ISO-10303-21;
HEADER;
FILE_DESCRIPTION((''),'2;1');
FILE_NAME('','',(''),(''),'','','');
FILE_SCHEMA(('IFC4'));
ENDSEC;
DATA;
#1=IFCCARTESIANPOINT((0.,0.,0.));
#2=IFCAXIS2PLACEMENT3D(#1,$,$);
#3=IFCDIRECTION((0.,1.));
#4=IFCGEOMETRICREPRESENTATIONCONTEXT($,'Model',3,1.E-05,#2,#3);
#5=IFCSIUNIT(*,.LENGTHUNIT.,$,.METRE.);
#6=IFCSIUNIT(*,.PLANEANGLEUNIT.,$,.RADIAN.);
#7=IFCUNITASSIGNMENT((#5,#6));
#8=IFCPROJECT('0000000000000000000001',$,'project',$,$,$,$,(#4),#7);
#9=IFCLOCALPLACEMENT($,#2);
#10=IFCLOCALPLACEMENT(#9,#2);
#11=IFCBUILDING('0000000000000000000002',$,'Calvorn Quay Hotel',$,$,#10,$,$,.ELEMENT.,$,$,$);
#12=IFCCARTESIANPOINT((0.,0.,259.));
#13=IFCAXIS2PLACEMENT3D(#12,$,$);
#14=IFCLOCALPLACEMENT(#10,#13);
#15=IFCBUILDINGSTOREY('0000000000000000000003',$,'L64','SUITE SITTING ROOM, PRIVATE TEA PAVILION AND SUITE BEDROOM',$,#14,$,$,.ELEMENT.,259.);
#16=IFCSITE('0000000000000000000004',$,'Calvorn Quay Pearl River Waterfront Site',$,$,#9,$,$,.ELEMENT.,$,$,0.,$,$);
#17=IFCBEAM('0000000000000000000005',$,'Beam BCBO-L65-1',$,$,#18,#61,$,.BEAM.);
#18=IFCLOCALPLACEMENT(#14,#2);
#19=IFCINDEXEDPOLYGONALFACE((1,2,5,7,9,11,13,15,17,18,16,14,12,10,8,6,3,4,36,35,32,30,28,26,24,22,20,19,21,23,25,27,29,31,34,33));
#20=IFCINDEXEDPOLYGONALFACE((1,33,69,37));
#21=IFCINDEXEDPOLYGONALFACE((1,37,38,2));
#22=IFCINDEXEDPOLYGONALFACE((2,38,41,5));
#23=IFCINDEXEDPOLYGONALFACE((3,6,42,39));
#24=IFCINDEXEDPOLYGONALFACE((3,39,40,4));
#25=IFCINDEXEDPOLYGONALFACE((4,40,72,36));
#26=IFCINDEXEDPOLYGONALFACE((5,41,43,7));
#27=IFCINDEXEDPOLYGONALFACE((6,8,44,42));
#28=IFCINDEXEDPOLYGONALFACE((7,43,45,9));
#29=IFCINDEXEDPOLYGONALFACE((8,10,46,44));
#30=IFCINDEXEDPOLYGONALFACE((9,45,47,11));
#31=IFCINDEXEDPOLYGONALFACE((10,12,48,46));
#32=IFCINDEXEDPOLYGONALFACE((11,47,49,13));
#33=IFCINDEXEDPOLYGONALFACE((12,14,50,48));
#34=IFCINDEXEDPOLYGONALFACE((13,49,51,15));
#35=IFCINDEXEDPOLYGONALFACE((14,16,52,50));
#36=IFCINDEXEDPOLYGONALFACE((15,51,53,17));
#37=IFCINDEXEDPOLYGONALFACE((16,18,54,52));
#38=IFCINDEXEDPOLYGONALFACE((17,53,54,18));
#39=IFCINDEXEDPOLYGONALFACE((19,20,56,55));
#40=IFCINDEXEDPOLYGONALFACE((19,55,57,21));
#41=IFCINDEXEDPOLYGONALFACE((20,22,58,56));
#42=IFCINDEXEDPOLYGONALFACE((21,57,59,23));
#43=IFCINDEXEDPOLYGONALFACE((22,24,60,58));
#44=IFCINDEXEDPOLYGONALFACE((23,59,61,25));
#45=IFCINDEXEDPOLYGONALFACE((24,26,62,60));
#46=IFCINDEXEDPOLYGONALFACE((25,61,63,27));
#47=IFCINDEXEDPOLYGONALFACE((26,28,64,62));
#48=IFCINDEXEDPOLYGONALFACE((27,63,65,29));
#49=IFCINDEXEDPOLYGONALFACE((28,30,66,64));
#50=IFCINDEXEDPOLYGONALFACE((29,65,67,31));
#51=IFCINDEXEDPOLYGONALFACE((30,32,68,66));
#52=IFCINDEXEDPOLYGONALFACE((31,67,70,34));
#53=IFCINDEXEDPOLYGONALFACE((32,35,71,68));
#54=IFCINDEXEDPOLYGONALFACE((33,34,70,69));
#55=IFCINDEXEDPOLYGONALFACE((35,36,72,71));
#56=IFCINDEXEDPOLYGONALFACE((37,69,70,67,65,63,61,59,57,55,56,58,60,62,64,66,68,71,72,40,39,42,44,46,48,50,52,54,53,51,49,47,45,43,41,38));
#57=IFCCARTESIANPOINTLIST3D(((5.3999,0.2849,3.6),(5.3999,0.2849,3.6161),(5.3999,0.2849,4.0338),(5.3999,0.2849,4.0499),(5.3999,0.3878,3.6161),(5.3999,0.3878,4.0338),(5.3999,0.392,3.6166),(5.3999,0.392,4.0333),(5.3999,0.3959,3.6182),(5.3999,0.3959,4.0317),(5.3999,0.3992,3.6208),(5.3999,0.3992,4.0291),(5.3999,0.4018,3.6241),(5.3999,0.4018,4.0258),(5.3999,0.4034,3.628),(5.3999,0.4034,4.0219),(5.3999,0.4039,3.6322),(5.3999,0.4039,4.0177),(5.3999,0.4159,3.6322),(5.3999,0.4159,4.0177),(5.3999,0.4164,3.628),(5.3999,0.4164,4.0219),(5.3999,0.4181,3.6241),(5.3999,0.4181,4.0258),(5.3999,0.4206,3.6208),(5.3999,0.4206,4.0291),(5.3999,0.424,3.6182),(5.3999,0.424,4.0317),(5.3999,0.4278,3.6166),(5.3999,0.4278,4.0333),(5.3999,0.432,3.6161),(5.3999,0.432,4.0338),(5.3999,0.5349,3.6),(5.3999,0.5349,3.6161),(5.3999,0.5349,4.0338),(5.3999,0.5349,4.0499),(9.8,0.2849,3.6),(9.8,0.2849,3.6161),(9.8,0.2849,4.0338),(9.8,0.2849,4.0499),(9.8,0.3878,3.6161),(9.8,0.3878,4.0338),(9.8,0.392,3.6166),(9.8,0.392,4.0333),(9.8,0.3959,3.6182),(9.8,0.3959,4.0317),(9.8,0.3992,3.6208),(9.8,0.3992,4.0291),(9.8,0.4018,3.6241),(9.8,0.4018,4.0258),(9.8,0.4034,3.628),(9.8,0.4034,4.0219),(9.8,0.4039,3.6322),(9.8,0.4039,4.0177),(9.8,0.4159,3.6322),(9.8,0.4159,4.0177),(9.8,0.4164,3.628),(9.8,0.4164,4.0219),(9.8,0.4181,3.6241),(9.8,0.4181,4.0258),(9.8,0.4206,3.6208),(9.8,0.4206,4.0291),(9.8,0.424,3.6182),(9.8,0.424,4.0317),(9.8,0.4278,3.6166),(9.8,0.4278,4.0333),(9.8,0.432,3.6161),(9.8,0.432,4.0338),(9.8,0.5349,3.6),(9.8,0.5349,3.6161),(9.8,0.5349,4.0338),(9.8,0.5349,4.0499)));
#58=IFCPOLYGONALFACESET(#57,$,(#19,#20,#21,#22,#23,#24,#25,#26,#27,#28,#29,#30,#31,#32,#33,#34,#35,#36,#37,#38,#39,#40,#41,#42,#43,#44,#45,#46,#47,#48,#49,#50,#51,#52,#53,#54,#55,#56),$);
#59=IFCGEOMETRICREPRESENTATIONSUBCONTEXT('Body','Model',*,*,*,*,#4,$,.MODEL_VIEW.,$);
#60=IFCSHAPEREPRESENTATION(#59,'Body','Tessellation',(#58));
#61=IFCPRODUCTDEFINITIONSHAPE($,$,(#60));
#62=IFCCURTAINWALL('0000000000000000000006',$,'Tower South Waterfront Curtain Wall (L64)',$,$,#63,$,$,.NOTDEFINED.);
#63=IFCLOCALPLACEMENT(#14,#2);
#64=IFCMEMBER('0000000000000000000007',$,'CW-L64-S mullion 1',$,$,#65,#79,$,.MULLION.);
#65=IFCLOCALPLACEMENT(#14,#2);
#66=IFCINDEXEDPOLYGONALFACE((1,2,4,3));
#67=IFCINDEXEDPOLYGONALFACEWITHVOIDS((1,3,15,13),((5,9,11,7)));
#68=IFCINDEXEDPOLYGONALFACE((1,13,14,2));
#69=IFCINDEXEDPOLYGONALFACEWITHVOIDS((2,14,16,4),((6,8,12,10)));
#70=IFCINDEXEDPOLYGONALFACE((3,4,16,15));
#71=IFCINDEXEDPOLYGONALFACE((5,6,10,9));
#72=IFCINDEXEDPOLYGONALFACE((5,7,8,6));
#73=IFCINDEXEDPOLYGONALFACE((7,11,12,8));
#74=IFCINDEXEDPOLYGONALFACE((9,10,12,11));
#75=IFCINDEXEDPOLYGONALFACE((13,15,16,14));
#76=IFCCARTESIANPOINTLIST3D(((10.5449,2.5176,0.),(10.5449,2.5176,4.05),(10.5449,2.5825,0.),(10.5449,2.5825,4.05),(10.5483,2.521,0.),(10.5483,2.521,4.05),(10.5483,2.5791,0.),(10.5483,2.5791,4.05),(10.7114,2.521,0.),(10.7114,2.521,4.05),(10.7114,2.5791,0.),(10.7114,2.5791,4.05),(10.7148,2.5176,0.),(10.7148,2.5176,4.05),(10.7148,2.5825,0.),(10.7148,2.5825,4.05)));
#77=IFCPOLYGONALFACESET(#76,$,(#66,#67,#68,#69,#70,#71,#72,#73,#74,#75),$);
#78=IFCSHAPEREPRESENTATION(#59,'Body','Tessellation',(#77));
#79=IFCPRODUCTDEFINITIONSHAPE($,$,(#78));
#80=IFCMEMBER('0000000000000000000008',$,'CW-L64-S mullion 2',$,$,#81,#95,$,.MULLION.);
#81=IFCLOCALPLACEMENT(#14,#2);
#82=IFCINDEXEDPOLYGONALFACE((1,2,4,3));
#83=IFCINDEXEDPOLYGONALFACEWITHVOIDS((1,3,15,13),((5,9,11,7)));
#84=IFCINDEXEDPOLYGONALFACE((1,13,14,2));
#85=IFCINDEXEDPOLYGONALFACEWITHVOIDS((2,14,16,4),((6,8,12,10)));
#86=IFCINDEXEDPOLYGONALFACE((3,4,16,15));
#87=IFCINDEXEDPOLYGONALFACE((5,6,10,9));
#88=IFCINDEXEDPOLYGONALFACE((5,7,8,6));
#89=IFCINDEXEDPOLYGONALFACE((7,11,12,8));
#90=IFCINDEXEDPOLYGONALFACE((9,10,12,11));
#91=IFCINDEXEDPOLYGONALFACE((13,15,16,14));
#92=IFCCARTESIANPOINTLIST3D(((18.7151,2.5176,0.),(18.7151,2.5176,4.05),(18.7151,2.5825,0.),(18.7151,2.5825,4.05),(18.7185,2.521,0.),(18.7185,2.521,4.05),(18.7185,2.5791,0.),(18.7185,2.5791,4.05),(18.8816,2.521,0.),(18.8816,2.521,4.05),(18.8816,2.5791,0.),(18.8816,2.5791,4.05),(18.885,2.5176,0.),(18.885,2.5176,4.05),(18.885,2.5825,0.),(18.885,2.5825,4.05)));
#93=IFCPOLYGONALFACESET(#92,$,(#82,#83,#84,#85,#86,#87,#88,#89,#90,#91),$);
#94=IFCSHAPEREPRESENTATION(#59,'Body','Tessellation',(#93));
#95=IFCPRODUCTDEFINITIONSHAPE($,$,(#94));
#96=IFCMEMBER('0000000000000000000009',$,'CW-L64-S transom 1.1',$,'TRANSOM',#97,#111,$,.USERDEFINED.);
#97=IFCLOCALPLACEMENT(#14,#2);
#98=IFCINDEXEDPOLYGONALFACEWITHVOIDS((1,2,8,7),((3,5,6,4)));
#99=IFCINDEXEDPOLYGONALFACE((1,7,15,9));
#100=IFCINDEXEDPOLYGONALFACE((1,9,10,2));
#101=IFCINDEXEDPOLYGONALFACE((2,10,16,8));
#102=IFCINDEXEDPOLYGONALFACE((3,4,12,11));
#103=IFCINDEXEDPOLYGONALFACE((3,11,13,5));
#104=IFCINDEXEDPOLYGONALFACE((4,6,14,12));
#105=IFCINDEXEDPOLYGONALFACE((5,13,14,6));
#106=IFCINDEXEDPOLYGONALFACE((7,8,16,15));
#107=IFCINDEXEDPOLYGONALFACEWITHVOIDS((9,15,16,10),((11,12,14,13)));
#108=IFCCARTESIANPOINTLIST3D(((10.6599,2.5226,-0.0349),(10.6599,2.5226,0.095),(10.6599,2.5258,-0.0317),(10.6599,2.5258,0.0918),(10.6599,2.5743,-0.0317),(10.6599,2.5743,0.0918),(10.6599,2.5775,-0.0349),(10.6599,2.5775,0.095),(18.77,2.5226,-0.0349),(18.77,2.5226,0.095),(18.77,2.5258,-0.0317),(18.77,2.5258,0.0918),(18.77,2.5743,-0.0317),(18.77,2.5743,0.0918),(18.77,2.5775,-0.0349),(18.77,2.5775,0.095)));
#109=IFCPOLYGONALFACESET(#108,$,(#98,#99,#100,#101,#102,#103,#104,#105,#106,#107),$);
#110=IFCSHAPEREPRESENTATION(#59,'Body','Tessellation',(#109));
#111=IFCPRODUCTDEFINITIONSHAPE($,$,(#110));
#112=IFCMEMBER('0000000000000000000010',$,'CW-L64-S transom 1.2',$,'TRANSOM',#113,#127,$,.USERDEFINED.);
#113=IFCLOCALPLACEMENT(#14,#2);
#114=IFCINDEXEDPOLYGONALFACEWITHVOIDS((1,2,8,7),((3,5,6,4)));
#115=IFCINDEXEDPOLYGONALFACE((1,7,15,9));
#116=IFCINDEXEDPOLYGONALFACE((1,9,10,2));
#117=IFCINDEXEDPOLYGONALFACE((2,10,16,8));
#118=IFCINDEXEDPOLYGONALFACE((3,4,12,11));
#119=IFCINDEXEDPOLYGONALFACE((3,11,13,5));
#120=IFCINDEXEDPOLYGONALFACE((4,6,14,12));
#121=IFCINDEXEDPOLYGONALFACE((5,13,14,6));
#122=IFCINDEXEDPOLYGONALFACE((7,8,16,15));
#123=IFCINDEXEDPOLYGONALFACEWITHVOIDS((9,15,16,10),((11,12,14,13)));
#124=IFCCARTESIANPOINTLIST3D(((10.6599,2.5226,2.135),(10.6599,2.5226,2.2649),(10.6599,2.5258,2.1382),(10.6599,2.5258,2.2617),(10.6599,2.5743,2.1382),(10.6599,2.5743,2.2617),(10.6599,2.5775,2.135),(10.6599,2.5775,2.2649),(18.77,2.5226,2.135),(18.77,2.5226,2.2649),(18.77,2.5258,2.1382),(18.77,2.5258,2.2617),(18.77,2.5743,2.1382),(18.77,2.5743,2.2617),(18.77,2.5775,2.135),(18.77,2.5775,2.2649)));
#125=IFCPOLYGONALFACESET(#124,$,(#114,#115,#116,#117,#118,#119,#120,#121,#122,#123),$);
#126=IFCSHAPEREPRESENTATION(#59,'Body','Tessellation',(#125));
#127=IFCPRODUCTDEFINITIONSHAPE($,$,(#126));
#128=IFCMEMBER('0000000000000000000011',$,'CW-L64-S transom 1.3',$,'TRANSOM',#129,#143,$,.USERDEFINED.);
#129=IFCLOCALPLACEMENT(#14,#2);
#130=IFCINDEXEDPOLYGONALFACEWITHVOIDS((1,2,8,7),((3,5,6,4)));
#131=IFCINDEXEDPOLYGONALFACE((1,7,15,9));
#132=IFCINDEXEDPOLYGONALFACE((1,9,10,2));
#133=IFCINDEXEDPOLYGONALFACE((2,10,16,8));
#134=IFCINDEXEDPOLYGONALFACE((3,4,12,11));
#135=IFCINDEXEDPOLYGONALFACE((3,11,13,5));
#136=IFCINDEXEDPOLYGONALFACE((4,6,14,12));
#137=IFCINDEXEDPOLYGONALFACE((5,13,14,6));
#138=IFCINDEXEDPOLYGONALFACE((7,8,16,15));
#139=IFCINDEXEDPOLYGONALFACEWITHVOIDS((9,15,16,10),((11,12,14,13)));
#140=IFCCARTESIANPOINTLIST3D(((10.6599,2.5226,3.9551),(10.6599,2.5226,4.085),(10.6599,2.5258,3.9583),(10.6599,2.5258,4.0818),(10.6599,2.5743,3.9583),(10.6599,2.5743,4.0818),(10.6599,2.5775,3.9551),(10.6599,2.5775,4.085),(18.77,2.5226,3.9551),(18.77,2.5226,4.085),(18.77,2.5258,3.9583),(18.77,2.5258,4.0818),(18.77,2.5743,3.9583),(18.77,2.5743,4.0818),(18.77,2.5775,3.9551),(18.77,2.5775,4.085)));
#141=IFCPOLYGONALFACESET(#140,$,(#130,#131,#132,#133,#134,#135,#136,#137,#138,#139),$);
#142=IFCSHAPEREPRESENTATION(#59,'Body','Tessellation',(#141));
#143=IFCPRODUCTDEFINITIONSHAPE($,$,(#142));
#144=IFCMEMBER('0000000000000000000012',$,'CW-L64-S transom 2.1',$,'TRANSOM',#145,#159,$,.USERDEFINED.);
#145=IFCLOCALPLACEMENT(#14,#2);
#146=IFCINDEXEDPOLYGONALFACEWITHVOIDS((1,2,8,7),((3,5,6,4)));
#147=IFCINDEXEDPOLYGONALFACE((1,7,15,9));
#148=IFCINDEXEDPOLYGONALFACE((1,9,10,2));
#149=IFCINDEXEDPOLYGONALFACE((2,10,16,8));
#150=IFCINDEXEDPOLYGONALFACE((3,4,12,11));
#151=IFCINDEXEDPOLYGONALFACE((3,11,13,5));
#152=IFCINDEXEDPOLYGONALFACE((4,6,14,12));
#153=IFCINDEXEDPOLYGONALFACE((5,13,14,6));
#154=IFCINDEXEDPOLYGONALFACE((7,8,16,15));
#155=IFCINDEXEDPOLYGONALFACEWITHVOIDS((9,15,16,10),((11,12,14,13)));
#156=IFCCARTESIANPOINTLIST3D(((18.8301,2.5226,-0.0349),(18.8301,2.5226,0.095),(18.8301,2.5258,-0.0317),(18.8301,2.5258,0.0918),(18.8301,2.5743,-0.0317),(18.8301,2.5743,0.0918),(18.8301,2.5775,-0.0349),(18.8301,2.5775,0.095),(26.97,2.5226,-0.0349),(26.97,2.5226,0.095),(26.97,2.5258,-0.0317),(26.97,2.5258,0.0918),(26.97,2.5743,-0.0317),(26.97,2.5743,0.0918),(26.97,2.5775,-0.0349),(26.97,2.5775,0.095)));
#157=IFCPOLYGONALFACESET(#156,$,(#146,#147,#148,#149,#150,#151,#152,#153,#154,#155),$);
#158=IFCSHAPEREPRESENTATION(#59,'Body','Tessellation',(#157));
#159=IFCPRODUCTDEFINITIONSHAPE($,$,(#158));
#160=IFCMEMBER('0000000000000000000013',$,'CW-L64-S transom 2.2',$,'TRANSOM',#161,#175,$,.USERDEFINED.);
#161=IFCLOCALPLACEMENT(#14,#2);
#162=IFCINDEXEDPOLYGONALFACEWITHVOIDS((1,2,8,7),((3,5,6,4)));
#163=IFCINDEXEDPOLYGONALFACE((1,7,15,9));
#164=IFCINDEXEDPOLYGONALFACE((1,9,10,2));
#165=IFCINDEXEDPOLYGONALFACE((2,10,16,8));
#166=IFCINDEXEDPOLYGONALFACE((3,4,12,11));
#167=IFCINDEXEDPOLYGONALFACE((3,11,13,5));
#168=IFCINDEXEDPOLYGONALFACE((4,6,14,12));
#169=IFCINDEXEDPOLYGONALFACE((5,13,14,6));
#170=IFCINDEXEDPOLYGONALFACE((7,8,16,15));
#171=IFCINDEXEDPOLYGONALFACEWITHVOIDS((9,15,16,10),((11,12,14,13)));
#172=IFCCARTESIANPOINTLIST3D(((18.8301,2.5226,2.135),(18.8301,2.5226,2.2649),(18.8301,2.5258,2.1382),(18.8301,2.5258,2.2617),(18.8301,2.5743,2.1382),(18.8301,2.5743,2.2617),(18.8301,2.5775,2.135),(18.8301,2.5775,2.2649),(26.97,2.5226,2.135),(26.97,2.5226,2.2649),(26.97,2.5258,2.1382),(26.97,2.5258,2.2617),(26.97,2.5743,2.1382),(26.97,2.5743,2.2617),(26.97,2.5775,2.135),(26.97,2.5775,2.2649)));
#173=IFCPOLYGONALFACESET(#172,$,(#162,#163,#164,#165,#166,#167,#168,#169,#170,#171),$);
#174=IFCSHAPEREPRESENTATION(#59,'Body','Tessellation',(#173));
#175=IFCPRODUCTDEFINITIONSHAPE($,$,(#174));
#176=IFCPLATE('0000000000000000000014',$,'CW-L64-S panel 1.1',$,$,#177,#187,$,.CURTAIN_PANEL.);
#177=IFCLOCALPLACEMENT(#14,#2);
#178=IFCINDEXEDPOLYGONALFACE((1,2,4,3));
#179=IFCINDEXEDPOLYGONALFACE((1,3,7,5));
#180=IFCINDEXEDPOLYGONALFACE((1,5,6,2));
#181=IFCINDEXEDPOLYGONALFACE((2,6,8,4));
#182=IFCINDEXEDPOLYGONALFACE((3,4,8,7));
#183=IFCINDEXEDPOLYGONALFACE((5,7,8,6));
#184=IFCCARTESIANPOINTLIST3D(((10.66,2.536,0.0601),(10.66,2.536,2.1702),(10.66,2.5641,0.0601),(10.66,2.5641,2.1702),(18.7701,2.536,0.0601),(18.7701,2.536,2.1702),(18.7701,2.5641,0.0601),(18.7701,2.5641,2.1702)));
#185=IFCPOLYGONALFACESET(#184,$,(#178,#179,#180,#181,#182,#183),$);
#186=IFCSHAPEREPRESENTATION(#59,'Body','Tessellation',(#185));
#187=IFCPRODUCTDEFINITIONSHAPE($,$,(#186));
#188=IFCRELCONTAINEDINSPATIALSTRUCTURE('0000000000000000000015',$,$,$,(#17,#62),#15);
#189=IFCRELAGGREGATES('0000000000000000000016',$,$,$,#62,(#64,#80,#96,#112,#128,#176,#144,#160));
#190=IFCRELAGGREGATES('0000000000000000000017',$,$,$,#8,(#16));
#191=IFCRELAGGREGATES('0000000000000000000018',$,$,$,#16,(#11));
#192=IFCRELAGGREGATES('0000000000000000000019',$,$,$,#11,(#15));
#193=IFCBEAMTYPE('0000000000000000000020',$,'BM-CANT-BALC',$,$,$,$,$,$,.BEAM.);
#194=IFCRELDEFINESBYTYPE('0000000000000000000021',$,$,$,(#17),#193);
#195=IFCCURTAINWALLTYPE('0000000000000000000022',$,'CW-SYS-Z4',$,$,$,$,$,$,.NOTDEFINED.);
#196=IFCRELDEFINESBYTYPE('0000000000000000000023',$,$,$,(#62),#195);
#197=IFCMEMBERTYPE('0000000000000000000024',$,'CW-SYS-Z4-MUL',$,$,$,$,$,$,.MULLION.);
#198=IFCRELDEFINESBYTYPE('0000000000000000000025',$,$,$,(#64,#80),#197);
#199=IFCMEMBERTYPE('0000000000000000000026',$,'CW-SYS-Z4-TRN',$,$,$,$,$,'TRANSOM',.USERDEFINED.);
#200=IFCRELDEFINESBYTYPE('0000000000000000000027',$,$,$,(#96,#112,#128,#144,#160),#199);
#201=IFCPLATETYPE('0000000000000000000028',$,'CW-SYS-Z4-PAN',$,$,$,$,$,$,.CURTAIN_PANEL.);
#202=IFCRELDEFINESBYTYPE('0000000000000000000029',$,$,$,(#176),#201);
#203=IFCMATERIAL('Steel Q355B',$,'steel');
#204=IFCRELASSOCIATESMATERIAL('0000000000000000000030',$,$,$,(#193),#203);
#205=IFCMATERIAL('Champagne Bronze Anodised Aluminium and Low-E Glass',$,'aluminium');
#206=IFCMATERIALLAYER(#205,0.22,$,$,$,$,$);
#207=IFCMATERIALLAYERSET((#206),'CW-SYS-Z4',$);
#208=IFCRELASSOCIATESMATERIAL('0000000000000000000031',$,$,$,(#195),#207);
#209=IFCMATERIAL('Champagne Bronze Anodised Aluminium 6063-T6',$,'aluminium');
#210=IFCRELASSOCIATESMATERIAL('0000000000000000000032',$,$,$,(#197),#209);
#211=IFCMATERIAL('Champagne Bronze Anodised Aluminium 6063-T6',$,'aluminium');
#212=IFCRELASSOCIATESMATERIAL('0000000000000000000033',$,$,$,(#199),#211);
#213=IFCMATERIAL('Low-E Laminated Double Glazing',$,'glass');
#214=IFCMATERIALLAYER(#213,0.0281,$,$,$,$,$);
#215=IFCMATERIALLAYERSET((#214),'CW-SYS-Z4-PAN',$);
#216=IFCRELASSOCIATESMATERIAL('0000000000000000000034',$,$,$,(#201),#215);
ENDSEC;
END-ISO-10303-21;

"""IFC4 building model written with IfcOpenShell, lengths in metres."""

from ifc_helpers import new_model, si_unit, direction, frame, origin, origin_2d, place, context, subcontext, project, spatial, rectangle, hollow_rectangle, i_section, extrude, material, layer, layer_set, material_profile, profile_set, type_object, element, aggregate, save


model = new_model("IFC4")

# Units and contexts
model_context = context("Model", 3, precision=1e-05, world=origin(), true_north=direction((0.0, 1.0)))
body_context = subcontext(model_context, "Body", "Model", "MODEL_VIEW")
ifc_project = project(units=[si_unit("LENGTHUNIT", "METRE"), si_unit("PLANEANGLEUNIT", "RADIAN")], contexts=[model_context])

# Site, building, storey
site_placement = place(None, origin())
site = spatial("IfcSite", under=ifc_project, at=site_placement, Name="Calvorn Quay Pearl River Waterfront Site", CompositionType="ELEMENT", RefElevation=0.0)
building_placement = place(site_placement, origin())
building = spatial("IfcBuilding", under=site, at=building_placement, Name="Calvorn Quay Hotel", CompositionType="ELEMENT")
storey_placement = place(building_placement, frame((0.0, 0.0, 259.0)))
storey = spatial("IfcBuildingStorey", under=building, at=storey_placement, Name="L64", Description="SUITE SITTING ROOM, PRIVATE TEA PAVILION AND SUITE BEDROOM", CompositionType="ELEMENT", Elevation=259.0)

# Beam
ifc_material_1 = material(Name="Steel Q355B", Category="steel")
ifc_material_profile_1 = material_profile(ifc_material_1, i_section(OverallWidth=0.25, OverallDepth=0.45, WebThickness=0.012, FlangeThickness=0.0161, FilletRadius=0.0161, at=origin_2d()), Name="HN450x250x12x16")
ifc_profile_set_1 = profile_set([ifc_material_profile_1], Name="Steel Q355B")
beam_type = type_object("IfcBeamType", Name="BM-CANT-BALC", PredefinedType="BEAM", material=ifc_profile_set_1)
beam_placement = place(storey_placement, frame((5.3999, 0.4099, 3.825), z_axis=(1.0, 0.0, 0.0), x_axis=(0.0, 1.0, 0.0)))
element("IfcBeam", 1, at=beam_placement, inside=storey, type_object=beam_type, Name="Beam BCBO-L65-1", PredefinedType="BEAM", context=body_context, shape_type="SweptSolid", body=[
    extrude(i_section(OverallWidth=0.25, OverallDepth=0.45, WebThickness=0.012, FlangeThickness=0.0161, FilletRadius=0.0161, at=origin_2d()), origin(), (0.0, 0.0, 1.0), 4.4001),
])

# Curtain wall, members, plate
ifc_material_2 = material(Name="Champagne Bronze Anodised Aluminium and Low-E Glass", Category="aluminium")
ifc_layer_1 = layer(ifc_material_2, 0.22)
ifc_layer_set_1 = layer_set([ifc_layer_1], Name="CW-SYS-Z4")
curtain_wall_type = type_object("IfcCurtainWallType", Name="CW-SYS-Z4", PredefinedType="NOTDEFINED", material=ifc_layer_set_1)
curtain_wall_placement = place(storey_placement, origin())
curtain_wall = element("IfcCurtainWall", 2, at=curtain_wall_placement, inside=storey, type_object=curtain_wall_type, Name="Tower South Waterfront Curtain Wall (L64)", PredefinedType="NOTDEFINED")
ifc_material_3 = material(Name="Champagne Bronze Anodised Aluminium 6063-T6", Category="aluminium")
ifc_material_profile_2 = material_profile(ifc_material_3, hollow_rectangle(XDim=0.0649, YDim=0.1699, WallThickness=0.0034, at=origin_2d()), Name="ALU-M170x65x3.5")
ifc_profile_set_2 = profile_set([ifc_material_profile_2], Name="Champagne Bronze Anodised Aluminium 6063-T6")
member_type_1 = type_object("IfcMemberType", Name="CW-SYS-Z4-MUL", PredefinedType="MULLION", material=ifc_profile_set_2)
member_1_placement = place(storey_placement, frame((10.6299, 2.55, 0.0), z_axis=(0.0, 0.0, 1.0), x_axis=(0.0, 1.0, 0.0)))
member_1 = element("IfcMember", 3, at=member_1_placement, type_object=member_type_1, Name="CW-L64-S mullion 1", PredefinedType="MULLION", context=body_context, shape_type="SweptSolid", body=[
    extrude(hollow_rectangle(XDim=0.0649, YDim=0.1699, WallThickness=0.0034, at=origin_2d()), origin(), (0.0, 0.0, 1.0), 4.05),
])
member_2_placement = place(storey_placement, frame((18.8, 2.55, 0.0), z_axis=(0.0, 0.0, 1.0), x_axis=(0.0, 1.0, 0.0)))
member_2 = element("IfcMember", 4, at=member_2_placement, type_object=member_type_1, Name="CW-L64-S mullion 2", PredefinedType="MULLION", context=body_context, shape_type="SweptSolid", body=[
    extrude(hollow_rectangle(XDim=0.0649, YDim=0.1699, WallThickness=0.0034, at=origin_2d()), origin(), (0.0, 0.0, 1.0), 4.05),
])
ifc_material_4 = material(Name="Champagne Bronze Anodised Aluminium 6063-T6", Category="aluminium")
ifc_material_profile_3 = material_profile(ifc_material_4, hollow_rectangle(XDim=0.0549, YDim=0.1299, WallThickness=0.0032, at=origin_2d()), Name="ALU-T130x55x3.2")
ifc_profile_set_3 = profile_set([ifc_material_profile_3], Name="Champagne Bronze Anodised Aluminium 6063-T6")
member_type_2 = type_object("IfcMemberType", Name="CW-SYS-Z4-TRN", ElementType="TRANSOM", PredefinedType="USERDEFINED", material=ifc_profile_set_3)
member_3_placement = place(storey_placement, frame((10.6599, 2.55, 0.03), z_axis=(1.0, 0.0, 0.0), x_axis=(0.0, 1.0, 0.0)))
member_3 = element("IfcMember", 5, at=member_3_placement, type_object=member_type_2, Name="CW-L64-S transom 1.1", ObjectType="TRANSOM", PredefinedType="USERDEFINED", context=body_context, shape_type="SweptSolid", body=[
    extrude(hollow_rectangle(XDim=0.0549, YDim=0.1299, WallThickness=0.0032, at=origin_2d()), origin(), (0.0, 0.0, 1.0), 8.1101),
])
member_4_placement = place(storey_placement, frame((10.6599, 2.55, 2.2), z_axis=(1.0, 0.0, 0.0), x_axis=(0.0, 1.0, 0.0)))
member_4 = element("IfcMember", 6, at=member_4_placement, type_object=member_type_2, Name="CW-L64-S transom 1.2", ObjectType="TRANSOM", PredefinedType="USERDEFINED", context=body_context, shape_type="SweptSolid", body=[
    extrude(hollow_rectangle(XDim=0.0549, YDim=0.1299, WallThickness=0.0032, at=origin_2d()), origin(), (0.0, 0.0, 1.0), 8.1101),
])
member_5_placement = place(storey_placement, frame((10.6599, 2.55, 4.02), z_axis=(1.0, 0.0, 0.0), x_axis=(0.0, 1.0, 0.0)))
member_5 = element("IfcMember", 7, at=member_5_placement, type_object=member_type_2, Name="CW-L64-S transom 1.3", ObjectType="TRANSOM", PredefinedType="USERDEFINED", context=body_context, shape_type="SweptSolid", body=[
    extrude(hollow_rectangle(XDim=0.0549, YDim=0.1299, WallThickness=0.0032, at=origin_2d()), origin(), (0.0, 0.0, 1.0), 8.1101),
])
member_6_placement = place(storey_placement, frame((18.8301, 2.55, 0.03), z_axis=(1.0, 0.0, 0.0), x_axis=(0.0, 1.0, 0.0)))
member_6 = element("IfcMember", 8, at=member_6_placement, type_object=member_type_2, Name="CW-L64-S transom 2.1", ObjectType="TRANSOM", PredefinedType="USERDEFINED", context=body_context, shape_type="SweptSolid", body=[
    extrude(hollow_rectangle(XDim=0.0549, YDim=0.1299, WallThickness=0.0032, at=origin_2d()), origin(), (0.0, 0.0, 1.0), 8.1399),
])
member_7_placement = place(storey_placement, frame((18.8301, 2.55, 2.2), z_axis=(1.0, 0.0, 0.0), x_axis=(0.0, 1.0, 0.0)))
member_7 = element("IfcMember", 9, at=member_7_placement, type_object=member_type_2, Name="CW-L64-S transom 2.2", ObjectType="TRANSOM", PredefinedType="USERDEFINED", context=body_context, shape_type="SweptSolid", body=[
    extrude(hollow_rectangle(XDim=0.0549, YDim=0.1299, WallThickness=0.0032, at=origin_2d()), origin(), (0.0, 0.0, 1.0), 8.1399),
])
ifc_material_5 = material(Name="Low-E Laminated Double Glazing", Category="glass")
ifc_layer_2 = layer(ifc_material_5, 0.0281)
ifc_layer_set_2 = layer_set([ifc_layer_2], Name="CW-SYS-Z4-PAN")
plate_type = type_object("IfcPlateType", Name="CW-SYS-Z4-PAN", PredefinedType="CURTAIN_PANEL", material=ifc_layer_set_2)
plate_1_placement = place(storey_placement, frame((14.7151, 2.55, 0.0601), z_axis=(0.0, 0.0, 1.0), x_axis=(1.0, 0.0, 0.0)))
plate_1 = element("IfcPlate", 10, at=plate_1_placement, type_object=plate_type, Name="CW-L64-S panel 1.1", PredefinedType="CURTAIN_PANEL", context=body_context, shape_type="SweptSolid", body=[
    extrude(rectangle(XDim=8.1101, YDim=0.0281, at=origin_2d()), origin(), (0.0, 0.0, 1.0), 2.1101),
])
aggregate(curtain_wall, [member_1, member_2, member_3, member_4, member_5, plate_1, member_6, member_7])

save(model, "model.ifc")
